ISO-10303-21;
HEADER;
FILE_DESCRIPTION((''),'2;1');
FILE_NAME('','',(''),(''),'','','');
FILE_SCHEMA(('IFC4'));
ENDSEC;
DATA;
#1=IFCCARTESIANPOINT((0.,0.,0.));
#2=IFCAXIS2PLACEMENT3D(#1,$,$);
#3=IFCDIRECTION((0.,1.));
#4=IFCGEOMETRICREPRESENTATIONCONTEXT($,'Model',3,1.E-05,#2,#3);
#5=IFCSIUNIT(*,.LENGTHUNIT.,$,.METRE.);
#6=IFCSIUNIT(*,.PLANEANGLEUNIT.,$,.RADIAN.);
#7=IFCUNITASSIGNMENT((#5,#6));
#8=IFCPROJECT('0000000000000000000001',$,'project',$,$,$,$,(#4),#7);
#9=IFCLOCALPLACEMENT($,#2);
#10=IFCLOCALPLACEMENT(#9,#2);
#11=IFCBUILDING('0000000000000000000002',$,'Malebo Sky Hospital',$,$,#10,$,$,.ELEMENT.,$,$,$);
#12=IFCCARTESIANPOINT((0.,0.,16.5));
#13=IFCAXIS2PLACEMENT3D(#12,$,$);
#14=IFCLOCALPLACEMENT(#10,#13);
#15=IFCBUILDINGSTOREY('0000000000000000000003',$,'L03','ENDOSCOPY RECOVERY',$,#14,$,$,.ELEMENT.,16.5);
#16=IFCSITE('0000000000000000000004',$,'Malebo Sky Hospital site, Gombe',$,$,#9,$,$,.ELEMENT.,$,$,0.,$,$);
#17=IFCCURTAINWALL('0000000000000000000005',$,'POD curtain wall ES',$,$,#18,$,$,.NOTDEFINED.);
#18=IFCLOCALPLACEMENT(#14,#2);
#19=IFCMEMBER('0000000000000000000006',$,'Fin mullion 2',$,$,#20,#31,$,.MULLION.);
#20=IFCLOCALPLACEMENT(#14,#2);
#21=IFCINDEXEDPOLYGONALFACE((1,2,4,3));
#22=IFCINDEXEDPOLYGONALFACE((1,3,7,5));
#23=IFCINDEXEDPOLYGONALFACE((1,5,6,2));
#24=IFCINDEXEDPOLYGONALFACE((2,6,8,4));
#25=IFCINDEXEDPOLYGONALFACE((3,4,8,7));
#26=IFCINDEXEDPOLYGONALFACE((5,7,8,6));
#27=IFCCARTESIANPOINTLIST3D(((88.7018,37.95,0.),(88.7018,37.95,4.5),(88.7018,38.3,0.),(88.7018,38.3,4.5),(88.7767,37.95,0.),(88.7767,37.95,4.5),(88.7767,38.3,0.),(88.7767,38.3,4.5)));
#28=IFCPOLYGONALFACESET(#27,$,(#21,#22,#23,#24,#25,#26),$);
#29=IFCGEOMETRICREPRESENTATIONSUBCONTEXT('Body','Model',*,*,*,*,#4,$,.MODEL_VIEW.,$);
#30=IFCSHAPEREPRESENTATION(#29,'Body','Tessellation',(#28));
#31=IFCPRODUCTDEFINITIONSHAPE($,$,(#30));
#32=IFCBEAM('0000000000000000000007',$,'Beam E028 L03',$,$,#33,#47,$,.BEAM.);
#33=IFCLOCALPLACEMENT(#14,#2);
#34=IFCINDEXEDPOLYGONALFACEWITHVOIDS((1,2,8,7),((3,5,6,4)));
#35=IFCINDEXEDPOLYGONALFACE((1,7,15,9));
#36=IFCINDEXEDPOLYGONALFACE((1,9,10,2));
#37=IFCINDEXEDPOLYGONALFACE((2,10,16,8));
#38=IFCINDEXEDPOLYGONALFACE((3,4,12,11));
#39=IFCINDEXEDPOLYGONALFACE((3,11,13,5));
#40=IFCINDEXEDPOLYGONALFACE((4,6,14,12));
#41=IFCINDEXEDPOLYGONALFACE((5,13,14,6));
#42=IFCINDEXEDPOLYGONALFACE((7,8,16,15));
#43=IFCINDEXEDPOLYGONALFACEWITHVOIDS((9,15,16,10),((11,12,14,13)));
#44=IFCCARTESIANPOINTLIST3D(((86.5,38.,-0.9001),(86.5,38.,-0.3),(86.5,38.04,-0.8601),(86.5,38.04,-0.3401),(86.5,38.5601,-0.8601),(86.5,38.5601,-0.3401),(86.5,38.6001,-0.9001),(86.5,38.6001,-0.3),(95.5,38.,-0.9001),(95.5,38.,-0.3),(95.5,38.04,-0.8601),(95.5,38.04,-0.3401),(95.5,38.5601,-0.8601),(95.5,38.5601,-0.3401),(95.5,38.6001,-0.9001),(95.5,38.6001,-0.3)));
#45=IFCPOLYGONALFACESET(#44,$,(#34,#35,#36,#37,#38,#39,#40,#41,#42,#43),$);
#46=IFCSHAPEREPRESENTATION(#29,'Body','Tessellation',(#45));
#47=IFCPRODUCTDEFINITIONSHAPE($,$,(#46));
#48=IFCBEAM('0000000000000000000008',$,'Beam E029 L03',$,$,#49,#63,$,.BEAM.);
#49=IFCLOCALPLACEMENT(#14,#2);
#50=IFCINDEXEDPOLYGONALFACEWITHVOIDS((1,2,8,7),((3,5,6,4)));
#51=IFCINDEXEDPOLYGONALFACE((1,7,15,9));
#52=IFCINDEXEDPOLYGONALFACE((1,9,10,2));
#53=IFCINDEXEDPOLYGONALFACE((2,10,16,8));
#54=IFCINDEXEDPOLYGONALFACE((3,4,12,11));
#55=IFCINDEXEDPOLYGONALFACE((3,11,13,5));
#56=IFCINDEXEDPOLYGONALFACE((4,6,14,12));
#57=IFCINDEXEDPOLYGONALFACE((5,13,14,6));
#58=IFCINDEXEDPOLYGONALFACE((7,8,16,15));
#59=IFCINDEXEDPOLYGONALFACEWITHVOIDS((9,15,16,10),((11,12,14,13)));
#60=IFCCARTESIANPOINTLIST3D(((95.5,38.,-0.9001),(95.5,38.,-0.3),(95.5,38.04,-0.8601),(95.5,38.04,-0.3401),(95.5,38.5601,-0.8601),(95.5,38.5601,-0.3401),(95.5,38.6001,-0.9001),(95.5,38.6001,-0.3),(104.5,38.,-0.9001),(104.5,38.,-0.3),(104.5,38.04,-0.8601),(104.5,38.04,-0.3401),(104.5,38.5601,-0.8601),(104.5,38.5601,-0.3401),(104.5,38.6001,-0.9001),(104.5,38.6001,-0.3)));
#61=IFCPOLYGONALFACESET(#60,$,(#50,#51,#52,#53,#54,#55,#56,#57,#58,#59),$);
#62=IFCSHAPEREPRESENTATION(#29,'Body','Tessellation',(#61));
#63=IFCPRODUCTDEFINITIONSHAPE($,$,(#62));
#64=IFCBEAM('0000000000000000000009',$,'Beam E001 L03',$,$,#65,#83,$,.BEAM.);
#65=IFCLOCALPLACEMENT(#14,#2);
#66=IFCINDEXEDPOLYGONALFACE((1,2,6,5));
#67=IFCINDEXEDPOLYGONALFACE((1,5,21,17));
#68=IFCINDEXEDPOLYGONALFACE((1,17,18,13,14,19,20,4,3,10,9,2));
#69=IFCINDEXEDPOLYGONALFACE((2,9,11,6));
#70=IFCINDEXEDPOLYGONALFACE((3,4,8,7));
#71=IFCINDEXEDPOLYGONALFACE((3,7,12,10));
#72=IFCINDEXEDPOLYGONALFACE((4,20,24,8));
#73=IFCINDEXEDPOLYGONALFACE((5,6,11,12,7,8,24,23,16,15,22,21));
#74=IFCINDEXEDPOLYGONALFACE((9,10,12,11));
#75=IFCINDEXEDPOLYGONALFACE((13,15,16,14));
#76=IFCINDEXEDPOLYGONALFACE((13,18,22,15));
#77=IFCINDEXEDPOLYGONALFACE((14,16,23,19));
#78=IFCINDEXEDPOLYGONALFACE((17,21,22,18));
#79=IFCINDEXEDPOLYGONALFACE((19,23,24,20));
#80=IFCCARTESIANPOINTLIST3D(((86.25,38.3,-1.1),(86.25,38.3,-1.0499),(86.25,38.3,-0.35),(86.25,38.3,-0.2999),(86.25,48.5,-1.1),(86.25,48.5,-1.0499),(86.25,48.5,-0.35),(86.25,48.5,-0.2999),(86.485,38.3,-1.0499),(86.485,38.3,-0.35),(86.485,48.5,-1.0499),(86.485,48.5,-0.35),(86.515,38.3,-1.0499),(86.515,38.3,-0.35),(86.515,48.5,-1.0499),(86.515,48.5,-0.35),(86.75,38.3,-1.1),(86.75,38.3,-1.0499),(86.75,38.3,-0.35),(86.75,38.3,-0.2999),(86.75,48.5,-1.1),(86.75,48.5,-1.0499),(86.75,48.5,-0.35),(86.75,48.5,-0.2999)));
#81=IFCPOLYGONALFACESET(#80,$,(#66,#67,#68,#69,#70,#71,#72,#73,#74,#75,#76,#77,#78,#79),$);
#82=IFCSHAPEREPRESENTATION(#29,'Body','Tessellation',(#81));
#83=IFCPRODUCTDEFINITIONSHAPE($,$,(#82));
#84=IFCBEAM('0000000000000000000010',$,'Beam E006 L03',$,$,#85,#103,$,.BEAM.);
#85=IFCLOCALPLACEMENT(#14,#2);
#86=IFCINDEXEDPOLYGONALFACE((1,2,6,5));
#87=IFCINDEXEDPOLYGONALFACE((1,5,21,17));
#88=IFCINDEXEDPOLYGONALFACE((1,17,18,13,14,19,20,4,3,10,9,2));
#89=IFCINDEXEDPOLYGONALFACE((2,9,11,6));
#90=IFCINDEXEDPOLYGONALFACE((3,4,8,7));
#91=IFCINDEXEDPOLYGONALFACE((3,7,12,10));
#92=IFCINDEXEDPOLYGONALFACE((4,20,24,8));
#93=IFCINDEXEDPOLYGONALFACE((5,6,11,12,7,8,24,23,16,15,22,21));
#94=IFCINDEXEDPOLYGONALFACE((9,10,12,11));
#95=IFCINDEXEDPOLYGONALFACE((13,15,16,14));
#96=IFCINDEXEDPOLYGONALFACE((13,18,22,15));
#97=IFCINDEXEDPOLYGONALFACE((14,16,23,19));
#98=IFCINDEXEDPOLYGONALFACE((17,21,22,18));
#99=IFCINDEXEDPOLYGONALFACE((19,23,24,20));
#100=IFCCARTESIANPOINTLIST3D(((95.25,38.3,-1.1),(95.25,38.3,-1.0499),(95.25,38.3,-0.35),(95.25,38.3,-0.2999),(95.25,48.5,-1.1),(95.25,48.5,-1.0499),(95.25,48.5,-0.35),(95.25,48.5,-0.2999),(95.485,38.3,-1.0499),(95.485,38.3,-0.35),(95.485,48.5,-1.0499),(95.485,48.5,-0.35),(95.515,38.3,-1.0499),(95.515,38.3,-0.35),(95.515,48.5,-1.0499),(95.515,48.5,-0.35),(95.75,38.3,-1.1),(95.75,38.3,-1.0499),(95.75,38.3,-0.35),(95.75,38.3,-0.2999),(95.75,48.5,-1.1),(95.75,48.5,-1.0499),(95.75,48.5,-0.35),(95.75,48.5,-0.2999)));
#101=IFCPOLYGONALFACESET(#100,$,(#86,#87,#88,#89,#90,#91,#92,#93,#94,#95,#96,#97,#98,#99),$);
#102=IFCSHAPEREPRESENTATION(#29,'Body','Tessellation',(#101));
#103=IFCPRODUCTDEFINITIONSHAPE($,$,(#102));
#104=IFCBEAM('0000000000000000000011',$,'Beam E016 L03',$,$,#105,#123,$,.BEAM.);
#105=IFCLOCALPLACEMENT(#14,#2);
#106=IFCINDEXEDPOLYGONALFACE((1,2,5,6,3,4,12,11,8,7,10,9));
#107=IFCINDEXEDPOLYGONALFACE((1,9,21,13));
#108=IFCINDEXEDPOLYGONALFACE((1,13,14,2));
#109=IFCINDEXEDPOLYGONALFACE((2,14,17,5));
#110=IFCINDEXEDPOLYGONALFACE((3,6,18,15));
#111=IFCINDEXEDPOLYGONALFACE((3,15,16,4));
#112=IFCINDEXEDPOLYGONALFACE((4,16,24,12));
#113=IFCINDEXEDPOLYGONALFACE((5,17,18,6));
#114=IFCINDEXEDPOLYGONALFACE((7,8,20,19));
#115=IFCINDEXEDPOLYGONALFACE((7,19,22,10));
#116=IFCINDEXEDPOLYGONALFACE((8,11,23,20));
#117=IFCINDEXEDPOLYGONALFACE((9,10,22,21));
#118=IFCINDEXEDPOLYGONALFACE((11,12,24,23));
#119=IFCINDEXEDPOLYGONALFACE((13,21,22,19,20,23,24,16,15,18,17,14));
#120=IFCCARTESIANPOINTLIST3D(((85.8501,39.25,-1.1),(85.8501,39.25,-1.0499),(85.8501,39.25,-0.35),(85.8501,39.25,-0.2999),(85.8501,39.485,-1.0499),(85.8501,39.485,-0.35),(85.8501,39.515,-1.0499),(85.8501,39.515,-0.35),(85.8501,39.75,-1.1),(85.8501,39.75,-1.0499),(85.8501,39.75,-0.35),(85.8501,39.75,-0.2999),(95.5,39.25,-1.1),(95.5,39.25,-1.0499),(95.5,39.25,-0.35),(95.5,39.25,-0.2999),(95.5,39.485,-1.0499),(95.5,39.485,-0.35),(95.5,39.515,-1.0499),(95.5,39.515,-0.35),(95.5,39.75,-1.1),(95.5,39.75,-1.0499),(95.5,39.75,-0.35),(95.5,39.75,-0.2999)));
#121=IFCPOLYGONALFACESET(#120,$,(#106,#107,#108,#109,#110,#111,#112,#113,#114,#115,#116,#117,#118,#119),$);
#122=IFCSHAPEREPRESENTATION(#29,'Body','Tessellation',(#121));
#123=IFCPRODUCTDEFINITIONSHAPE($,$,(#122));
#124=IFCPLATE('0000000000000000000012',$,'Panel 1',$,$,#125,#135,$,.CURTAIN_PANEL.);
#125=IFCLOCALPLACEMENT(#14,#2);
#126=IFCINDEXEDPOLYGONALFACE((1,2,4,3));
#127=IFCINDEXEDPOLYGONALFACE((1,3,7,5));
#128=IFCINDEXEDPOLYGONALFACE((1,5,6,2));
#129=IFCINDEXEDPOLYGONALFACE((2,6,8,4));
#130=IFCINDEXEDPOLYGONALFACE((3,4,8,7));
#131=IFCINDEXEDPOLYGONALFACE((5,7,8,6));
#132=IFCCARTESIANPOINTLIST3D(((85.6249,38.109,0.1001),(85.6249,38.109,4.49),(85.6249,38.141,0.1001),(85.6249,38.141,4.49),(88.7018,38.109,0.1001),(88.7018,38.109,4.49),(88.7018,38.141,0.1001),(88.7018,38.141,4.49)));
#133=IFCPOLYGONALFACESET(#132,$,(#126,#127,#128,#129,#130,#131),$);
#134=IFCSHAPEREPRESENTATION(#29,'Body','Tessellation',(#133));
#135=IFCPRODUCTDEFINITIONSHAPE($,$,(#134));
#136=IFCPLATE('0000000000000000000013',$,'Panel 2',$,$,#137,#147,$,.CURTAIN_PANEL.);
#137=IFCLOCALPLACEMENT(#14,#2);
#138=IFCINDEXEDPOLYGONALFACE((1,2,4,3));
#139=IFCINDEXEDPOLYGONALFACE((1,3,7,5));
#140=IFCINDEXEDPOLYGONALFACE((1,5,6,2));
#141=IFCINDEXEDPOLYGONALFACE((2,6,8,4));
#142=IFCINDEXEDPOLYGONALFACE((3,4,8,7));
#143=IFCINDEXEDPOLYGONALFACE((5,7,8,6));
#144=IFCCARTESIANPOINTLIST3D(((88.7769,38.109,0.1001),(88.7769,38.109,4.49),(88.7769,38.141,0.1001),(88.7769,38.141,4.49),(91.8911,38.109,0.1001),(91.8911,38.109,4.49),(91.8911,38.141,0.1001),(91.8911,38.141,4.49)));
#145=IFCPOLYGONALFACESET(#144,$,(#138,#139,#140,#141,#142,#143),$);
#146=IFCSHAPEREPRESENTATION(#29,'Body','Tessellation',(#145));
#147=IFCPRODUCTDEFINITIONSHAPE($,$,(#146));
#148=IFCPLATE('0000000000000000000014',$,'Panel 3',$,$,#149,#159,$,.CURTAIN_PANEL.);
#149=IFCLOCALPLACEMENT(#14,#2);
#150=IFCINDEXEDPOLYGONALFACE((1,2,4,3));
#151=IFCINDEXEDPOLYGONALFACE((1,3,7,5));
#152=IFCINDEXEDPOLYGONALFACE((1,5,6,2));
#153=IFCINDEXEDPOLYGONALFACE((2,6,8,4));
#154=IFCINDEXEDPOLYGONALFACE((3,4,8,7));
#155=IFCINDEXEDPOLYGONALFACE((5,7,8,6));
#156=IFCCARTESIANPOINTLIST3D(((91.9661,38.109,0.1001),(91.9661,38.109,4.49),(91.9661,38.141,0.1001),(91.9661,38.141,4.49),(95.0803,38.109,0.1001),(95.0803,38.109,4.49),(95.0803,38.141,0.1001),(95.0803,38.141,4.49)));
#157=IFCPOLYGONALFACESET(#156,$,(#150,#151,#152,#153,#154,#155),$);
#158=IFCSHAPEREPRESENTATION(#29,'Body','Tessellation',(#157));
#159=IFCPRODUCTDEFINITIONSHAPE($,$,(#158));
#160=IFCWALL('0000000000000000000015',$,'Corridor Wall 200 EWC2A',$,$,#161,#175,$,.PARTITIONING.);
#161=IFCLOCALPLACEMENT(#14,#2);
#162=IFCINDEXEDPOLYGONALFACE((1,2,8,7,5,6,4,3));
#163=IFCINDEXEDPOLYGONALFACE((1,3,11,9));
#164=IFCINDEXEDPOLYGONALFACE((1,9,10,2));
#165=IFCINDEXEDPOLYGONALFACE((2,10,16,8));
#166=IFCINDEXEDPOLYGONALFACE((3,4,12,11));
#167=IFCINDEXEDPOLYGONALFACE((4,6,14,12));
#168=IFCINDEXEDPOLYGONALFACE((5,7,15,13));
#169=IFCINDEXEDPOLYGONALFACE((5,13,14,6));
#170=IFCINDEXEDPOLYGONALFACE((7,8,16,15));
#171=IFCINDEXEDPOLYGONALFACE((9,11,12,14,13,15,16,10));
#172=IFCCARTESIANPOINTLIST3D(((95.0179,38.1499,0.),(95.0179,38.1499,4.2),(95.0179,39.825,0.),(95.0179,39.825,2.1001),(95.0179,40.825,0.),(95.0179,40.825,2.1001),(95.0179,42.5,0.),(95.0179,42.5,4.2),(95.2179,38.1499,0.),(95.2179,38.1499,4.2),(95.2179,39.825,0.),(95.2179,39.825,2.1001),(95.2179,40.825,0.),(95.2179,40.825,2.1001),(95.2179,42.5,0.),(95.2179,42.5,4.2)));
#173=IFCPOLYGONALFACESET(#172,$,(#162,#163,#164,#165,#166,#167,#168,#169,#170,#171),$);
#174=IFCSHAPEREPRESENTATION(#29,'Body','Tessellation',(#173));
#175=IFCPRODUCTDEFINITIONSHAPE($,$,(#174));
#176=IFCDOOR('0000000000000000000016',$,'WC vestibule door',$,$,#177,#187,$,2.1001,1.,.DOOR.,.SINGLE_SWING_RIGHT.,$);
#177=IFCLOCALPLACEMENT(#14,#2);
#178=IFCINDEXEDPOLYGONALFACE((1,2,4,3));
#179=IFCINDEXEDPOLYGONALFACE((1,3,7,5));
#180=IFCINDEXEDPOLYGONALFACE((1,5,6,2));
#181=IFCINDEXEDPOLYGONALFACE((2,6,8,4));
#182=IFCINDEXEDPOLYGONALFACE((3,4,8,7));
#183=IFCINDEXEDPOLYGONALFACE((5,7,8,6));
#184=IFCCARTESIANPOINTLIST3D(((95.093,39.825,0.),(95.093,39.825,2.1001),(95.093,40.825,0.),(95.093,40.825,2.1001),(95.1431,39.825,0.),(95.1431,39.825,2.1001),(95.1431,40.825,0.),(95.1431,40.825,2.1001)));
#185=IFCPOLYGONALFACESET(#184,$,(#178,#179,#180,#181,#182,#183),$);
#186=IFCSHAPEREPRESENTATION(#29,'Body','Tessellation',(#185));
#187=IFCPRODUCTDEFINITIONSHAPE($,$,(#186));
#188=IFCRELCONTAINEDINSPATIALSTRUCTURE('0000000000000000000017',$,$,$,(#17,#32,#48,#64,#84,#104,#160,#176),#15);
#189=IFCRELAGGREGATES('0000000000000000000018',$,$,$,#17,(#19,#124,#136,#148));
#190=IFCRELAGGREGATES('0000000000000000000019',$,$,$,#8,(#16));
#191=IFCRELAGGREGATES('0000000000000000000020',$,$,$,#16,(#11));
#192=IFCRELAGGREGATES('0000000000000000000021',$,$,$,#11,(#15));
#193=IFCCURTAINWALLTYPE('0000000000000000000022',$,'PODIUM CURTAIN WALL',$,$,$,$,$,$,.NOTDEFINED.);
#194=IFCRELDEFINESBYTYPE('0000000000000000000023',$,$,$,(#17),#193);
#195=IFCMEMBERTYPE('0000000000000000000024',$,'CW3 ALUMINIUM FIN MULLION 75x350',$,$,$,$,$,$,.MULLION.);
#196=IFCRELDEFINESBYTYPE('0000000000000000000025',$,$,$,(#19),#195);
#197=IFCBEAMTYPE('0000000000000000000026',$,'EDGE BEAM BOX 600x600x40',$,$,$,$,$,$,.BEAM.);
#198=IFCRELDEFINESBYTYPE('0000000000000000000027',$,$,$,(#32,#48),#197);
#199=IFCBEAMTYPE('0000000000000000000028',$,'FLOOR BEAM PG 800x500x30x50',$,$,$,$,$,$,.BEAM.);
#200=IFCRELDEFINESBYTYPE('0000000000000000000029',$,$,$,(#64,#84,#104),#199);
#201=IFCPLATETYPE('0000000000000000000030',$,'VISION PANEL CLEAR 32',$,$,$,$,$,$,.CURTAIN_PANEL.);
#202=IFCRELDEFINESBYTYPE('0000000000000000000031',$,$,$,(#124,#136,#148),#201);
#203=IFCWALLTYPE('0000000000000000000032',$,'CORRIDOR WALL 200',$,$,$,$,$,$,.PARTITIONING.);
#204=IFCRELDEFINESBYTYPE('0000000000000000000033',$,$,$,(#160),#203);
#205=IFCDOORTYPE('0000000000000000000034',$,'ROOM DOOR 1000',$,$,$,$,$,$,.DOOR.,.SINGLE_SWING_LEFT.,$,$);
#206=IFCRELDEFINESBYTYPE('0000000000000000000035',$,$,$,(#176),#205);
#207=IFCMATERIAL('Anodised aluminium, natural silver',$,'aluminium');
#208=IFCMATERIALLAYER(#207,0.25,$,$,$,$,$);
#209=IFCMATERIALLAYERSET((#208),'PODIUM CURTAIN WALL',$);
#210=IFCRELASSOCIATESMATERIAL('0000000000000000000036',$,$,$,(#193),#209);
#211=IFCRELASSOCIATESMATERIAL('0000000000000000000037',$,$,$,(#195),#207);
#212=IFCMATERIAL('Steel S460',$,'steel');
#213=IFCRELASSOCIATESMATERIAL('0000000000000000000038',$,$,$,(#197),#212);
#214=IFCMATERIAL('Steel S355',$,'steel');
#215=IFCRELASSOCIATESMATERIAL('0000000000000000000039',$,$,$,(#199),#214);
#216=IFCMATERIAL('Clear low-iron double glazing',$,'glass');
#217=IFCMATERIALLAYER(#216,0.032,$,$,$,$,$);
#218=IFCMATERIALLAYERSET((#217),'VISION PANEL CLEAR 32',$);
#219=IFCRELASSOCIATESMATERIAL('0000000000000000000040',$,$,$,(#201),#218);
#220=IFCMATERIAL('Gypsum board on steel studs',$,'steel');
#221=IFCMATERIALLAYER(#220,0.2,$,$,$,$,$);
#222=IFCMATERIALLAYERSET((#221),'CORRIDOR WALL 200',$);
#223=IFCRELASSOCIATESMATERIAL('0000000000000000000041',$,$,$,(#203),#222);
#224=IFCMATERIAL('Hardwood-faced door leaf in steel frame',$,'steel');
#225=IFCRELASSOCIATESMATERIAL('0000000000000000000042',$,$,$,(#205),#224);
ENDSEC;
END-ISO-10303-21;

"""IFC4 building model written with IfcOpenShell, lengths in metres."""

from ifc_helpers import new_model, si_unit, direction, frame, frame_2d, origin, origin_2d, place, context, subcontext, project, spatial, rectangle, hollow_rectangle, i_section, extrude, material, layer, layer_set, material_profile, profile_set, type_object, element, fill, aggregate, save


model = new_model("IFC4")

# Units and contexts
model_context = context("Model", 3, precision=1e-05, world=origin(), true_north=direction((0.0, 1.0)))
body_context = subcontext(model_context, "Body", "Model", "MODEL_VIEW")
ifc_project = project(units=[si_unit("LENGTHUNIT", "METRE"), si_unit("PLANEANGLEUNIT", "RADIAN")], contexts=[model_context])

# Site, building, storey
site_placement = place(None, origin())
site = spatial("IfcSite", under=ifc_project, at=site_placement, Name="Malebo Sky Hospital site, Gombe", CompositionType="ELEMENT", RefElevation=0.0)
building_placement = place(site_placement, origin())
building = spatial("IfcBuilding", under=site, at=building_placement, Name="Malebo Sky Hospital", CompositionType="ELEMENT")
storey_placement = place(building_placement, frame((0.0, 0.0, 16.5)))
storey = spatial("IfcBuildingStorey", under=building, at=storey_placement, Name="L03", Description="ENDOSCOPY RECOVERY", CompositionType="ELEMENT", Elevation=16.5)

# Shared definitions
ifc_material_1 = material(Name="Steel S460", Category="steel")
ifc_material_2 = material(Name="Steel S355", Category="steel")

# Curtain wall, member
ifc_material_3 = material(Name="Anodised aluminium, natural silver", Category="aluminium")
ifc_layer_1 = layer(ifc_material_3, 0.25)
ifc_layer_set_1 = layer_set([ifc_layer_1], Name="PODIUM CURTAIN WALL")
curtain_wall_type = type_object("IfcCurtainWallType", Name="PODIUM CURTAIN WALL", PredefinedType="NOTDEFINED", material=ifc_layer_set_1)
curtain_wall_placement = place(storey_placement, origin())
curtain_wall = element("IfcCurtainWall", 1, at=curtain_wall_placement, inside=storey, type_object=curtain_wall_type, Name="POD curtain wall ES", PredefinedType="NOTDEFINED")
ifc_material_profile_1 = material_profile(ifc_material_3, rectangle(XDim=0.075, YDim=0.3501, at=origin_2d()), Name="CW3 ALUMINIUM FIN MULLION 75x350")
ifc_profile_set_1 = profile_set([ifc_material_profile_1], Name="Anodised aluminium, natural silver")
member_type_1 = type_object("IfcMemberType", Name="CW3 ALUMINIUM FIN MULLION 75x350", PredefinedType="MULLION", material=ifc_profile_set_1)
member_1_placement = place(storey_placement, frame((88.7393, 38.125, 0.0), z_axis=(0.0, 0.0, 1.0), x_axis=(1.0, 0.0, 0.0)))
member_1 = element("IfcMember", 2, at=member_1_placement, type_object=member_type_1, Name="Fin mullion 2", PredefinedType="MULLION", context=body_context, shape_type="SweptSolid", body=[
    extrude(rectangle(XDim=0.075, YDim=0.3501, at=origin_2d()), origin(), (0.0, 0.0, 1.0), 4.5),
])

# Beams
ifc_material_profile_2 = material_profile(ifc_material_1, hollow_rectangle(XDim=0.6001, YDim=0.6001, WallThickness=0.04, at=origin_2d()), Name="BOX 600x600x40")
ifc_profile_set_2 = profile_set([ifc_material_profile_2], Name="Steel S460")
beam_type_1 = type_object("IfcBeamType", Name="EDGE BEAM BOX 600x600x40", PredefinedType="BEAM", material=ifc_profile_set_2)
for number, where, z_axis, x_axis, name in (
    (3, (86.5, 38.3, -0.6001), (1.0, 0.0, 0.0), (0.0, 1.0, 0.0), "Beam E028 L03"),
    (4, (95.5, 38.3, -0.6001), (1.0, 0.0, 0.0), (0.0, 1.0, 0.0), "Beam E029 L03"),
):
    element("IfcBeam", number, at=place(storey_placement, frame(where, z_axis=z_axis, x_axis=x_axis)), inside=storey, type_object=beam_type_1, Name=name, PredefinedType="BEAM", context=body_context, shape_type="SweptSolid", body=[
        extrude(hollow_rectangle(XDim=0.6001, YDim=0.6001, WallThickness=0.04, at=origin_2d()), origin(), (0.0, 0.0, 1.0), 9.0),
    ])
ifc_material_profile_3 = material_profile(ifc_material_2, i_section(OverallWidth=0.5, OverallDepth=0.8, WebThickness=0.03, FlangeThickness=0.05, at=origin_2d()), Name="PG 800x500x30x50")
ifc_profile_set_3 = profile_set([ifc_material_profile_3], Name="Steel S355")
beam_type_2 = type_object("IfcBeamType", Name="FLOOR BEAM PG 800x500x30x50", PredefinedType="BEAM", material=ifc_profile_set_3)
for number, where, z_axis, x_axis, name in (
    (5, (86.5, 38.3, -0.7), (0.0, 1.0, 0.0), (-1.0, 0.0, 0.0), "Beam E001 L03"),
    (6, (95.5, 38.3, -0.7), (0.0, 1.0, 0.0), (-1.0, 0.0, 0.0), "Beam E006 L03"),
):
    element("IfcBeam", number, at=place(storey_placement, frame(where, z_axis=z_axis, x_axis=x_axis)), inside=storey, type_object=beam_type_2, Name=name, PredefinedType="BEAM", context=body_context, shape_type="SweptSolid", body=[
        extrude(i_section(OverallWidth=0.5, OverallDepth=0.8, WebThickness=0.03, FlangeThickness=0.05, at=origin_2d()), origin(), (0.0, 0.0, 1.0), 10.2),
    ])
beam_placement = place(storey_placement, frame((85.8501, 39.5, -0.7), z_axis=(1.0, 0.0, 0.0), x_axis=(0.0, 1.0, 0.0)))
element("IfcBeam", 7, at=beam_placement, inside=storey, type_object=beam_type_2, Name="Beam E016 L03", PredefinedType="BEAM", context=body_context, shape_type="SweptSolid", body=[
    extrude(i_section(OverallWidth=0.5, OverallDepth=0.8, WebThickness=0.03, FlangeThickness=0.05, at=origin_2d()), origin(), (0.0, 0.0, 1.0), 9.6499),
])

# Plates
ifc_material_4 = material(Name="Clear low-iron double glazing", Category="glass")
ifc_layer_2 = layer(ifc_material_4, 0.032)
ifc_layer_set_2 = layer_set([ifc_layer_2], Name="VISION PANEL CLEAR 32")
plate_type = type_object("IfcPlateType", Name="VISION PANEL CLEAR 32", PredefinedType="CURTAIN_PANEL", material=ifc_layer_set_2)
plate_1_placement = place(storey_placement, frame((87.1633, 38.125, 0.1001), z_axis=(0.0, 0.0, 1.0), x_axis=(1.0, 0.0, 0.0)))
plate_1 = element("IfcPlate", 8, at=plate_1_placement, type_object=plate_type, Name="Panel 1", PredefinedType="CURTAIN_PANEL", context=body_context, shape_type="SweptSolid", body=[
    extrude(rectangle(XDim=3.0769, YDim=0.032, at=origin_2d()), origin(), (0.0, 0.0, 1.0), 4.3899),
])
plate_2_placement = place(storey_placement, frame((90.334, 38.125, 0.1001), z_axis=(0.0, 0.0, 1.0), x_axis=(1.0, 0.0, 0.0)))
plate_2 = element("IfcPlate", 9, at=plate_2_placement, type_object=plate_type, Name="Panel 2", PredefinedType="CURTAIN_PANEL", context=body_context, shape_type="SweptSolid", body=[
    extrude(rectangle(XDim=3.1143, YDim=0.032, at=origin_2d()), origin(), (0.0, 0.0, 1.0), 4.3899),
])
plate_3_placement = place(storey_placement, frame((93.5232, 38.125, 0.1001), z_axis=(0.0, 0.0, 1.0), x_axis=(1.0, 0.0, 0.0)))
plate_3 = element("IfcPlate", 10, at=plate_3_placement, type_object=plate_type, Name="Panel 3", PredefinedType="CURTAIN_PANEL", context=body_context, shape_type="SweptSolid", body=[
    extrude(rectangle(XDim=3.1143, YDim=0.032, at=origin_2d()), origin(), (0.0, 0.0, 1.0), 4.3899),
])
aggregate(curtain_wall, [member_1, plate_1, plate_2, plate_3])

# Wall, opening, door
ifc_material_5 = material(Name="Gypsum board on steel studs", Category="steel")
ifc_layer_3 = layer(ifc_material_5, 0.2)
ifc_layer_set_3 = layer_set([ifc_layer_3], Name="CORRIDOR WALL 200")
wall_type_1 = type_object("IfcWallType", Name="CORRIDOR WALL 200", PredefinedType="PARTITIONING", material=ifc_layer_set_3)
wall_1_placement = place(storey_placement, frame((95.1179, 38.1499, 0.0), z_axis=(0.0, 0.0, 1.0), x_axis=(0.0, 1.0, 0.0)))
wall_1 = element("IfcWall", 11, at=wall_1_placement, inside=storey, type_object=wall_type_1, Name="Corridor Wall 200 EWC2A", PredefinedType="PARTITIONING", context=body_context, shape_type="SweptSolid", body=[
    extrude(rectangle(XDim=4.3501, YDim=0.2, at=frame_2d((2.175, 0.0))), origin(), (0.0, 0.0, 1.0), 4.2),
])
opening_1_placement = place(wall_1_placement, frame((1.675, 0.0, 0.0)))
opening_1 = element("IfcOpeningElement", 12, at=opening_1_placement, cuts=wall_1, PredefinedType="OPENING", context=body_context, shape_type="SweptSolid", body=[
    extrude(rectangle(XDim=1.0, YDim=2.1001, at=frame_2d((0.5, 1.05))), frame((0.0, 0.1099, 0.0), z_axis=(0.0, -1.0, 0.0), x_axis=(1.0, 0.0, 0.0)), (0.0, 0.0, 1.0), 0.22),
])
ifc_material_6 = material(Name="Hardwood-faced door leaf in steel frame", Category="steel")
door_type_1 = type_object("IfcDoorType", Name="ROOM DOOR 1000", OperationType="SINGLE_SWING_LEFT", PredefinedType="DOOR", material=ifc_material_6)
door_1_placement = place(opening_1_placement, origin())
door_1 = element("IfcDoor", 13, at=door_1_placement, inside=storey, type_object=door_type_1, Name="WC vestibule door", OperationType="SINGLE_SWING_RIGHT", OverallHeight=2.1001, OverallWidth=1.0, PredefinedType="DOOR", context=body_context, shape_type="SweptSolid", body=[
    extrude(rectangle(XDim=1.0, YDim=2.1001, at=frame_2d((0.5, 1.05))), frame((0.0, 0.0249, 0.0), z_axis=(0.0, -1.0, 0.0), x_axis=(1.0, 0.0, 0.0)), (0.0, 0.0, 1.0), 0.05),
])
fill(opening_1, door_1)

save(model, "model.ifc")
